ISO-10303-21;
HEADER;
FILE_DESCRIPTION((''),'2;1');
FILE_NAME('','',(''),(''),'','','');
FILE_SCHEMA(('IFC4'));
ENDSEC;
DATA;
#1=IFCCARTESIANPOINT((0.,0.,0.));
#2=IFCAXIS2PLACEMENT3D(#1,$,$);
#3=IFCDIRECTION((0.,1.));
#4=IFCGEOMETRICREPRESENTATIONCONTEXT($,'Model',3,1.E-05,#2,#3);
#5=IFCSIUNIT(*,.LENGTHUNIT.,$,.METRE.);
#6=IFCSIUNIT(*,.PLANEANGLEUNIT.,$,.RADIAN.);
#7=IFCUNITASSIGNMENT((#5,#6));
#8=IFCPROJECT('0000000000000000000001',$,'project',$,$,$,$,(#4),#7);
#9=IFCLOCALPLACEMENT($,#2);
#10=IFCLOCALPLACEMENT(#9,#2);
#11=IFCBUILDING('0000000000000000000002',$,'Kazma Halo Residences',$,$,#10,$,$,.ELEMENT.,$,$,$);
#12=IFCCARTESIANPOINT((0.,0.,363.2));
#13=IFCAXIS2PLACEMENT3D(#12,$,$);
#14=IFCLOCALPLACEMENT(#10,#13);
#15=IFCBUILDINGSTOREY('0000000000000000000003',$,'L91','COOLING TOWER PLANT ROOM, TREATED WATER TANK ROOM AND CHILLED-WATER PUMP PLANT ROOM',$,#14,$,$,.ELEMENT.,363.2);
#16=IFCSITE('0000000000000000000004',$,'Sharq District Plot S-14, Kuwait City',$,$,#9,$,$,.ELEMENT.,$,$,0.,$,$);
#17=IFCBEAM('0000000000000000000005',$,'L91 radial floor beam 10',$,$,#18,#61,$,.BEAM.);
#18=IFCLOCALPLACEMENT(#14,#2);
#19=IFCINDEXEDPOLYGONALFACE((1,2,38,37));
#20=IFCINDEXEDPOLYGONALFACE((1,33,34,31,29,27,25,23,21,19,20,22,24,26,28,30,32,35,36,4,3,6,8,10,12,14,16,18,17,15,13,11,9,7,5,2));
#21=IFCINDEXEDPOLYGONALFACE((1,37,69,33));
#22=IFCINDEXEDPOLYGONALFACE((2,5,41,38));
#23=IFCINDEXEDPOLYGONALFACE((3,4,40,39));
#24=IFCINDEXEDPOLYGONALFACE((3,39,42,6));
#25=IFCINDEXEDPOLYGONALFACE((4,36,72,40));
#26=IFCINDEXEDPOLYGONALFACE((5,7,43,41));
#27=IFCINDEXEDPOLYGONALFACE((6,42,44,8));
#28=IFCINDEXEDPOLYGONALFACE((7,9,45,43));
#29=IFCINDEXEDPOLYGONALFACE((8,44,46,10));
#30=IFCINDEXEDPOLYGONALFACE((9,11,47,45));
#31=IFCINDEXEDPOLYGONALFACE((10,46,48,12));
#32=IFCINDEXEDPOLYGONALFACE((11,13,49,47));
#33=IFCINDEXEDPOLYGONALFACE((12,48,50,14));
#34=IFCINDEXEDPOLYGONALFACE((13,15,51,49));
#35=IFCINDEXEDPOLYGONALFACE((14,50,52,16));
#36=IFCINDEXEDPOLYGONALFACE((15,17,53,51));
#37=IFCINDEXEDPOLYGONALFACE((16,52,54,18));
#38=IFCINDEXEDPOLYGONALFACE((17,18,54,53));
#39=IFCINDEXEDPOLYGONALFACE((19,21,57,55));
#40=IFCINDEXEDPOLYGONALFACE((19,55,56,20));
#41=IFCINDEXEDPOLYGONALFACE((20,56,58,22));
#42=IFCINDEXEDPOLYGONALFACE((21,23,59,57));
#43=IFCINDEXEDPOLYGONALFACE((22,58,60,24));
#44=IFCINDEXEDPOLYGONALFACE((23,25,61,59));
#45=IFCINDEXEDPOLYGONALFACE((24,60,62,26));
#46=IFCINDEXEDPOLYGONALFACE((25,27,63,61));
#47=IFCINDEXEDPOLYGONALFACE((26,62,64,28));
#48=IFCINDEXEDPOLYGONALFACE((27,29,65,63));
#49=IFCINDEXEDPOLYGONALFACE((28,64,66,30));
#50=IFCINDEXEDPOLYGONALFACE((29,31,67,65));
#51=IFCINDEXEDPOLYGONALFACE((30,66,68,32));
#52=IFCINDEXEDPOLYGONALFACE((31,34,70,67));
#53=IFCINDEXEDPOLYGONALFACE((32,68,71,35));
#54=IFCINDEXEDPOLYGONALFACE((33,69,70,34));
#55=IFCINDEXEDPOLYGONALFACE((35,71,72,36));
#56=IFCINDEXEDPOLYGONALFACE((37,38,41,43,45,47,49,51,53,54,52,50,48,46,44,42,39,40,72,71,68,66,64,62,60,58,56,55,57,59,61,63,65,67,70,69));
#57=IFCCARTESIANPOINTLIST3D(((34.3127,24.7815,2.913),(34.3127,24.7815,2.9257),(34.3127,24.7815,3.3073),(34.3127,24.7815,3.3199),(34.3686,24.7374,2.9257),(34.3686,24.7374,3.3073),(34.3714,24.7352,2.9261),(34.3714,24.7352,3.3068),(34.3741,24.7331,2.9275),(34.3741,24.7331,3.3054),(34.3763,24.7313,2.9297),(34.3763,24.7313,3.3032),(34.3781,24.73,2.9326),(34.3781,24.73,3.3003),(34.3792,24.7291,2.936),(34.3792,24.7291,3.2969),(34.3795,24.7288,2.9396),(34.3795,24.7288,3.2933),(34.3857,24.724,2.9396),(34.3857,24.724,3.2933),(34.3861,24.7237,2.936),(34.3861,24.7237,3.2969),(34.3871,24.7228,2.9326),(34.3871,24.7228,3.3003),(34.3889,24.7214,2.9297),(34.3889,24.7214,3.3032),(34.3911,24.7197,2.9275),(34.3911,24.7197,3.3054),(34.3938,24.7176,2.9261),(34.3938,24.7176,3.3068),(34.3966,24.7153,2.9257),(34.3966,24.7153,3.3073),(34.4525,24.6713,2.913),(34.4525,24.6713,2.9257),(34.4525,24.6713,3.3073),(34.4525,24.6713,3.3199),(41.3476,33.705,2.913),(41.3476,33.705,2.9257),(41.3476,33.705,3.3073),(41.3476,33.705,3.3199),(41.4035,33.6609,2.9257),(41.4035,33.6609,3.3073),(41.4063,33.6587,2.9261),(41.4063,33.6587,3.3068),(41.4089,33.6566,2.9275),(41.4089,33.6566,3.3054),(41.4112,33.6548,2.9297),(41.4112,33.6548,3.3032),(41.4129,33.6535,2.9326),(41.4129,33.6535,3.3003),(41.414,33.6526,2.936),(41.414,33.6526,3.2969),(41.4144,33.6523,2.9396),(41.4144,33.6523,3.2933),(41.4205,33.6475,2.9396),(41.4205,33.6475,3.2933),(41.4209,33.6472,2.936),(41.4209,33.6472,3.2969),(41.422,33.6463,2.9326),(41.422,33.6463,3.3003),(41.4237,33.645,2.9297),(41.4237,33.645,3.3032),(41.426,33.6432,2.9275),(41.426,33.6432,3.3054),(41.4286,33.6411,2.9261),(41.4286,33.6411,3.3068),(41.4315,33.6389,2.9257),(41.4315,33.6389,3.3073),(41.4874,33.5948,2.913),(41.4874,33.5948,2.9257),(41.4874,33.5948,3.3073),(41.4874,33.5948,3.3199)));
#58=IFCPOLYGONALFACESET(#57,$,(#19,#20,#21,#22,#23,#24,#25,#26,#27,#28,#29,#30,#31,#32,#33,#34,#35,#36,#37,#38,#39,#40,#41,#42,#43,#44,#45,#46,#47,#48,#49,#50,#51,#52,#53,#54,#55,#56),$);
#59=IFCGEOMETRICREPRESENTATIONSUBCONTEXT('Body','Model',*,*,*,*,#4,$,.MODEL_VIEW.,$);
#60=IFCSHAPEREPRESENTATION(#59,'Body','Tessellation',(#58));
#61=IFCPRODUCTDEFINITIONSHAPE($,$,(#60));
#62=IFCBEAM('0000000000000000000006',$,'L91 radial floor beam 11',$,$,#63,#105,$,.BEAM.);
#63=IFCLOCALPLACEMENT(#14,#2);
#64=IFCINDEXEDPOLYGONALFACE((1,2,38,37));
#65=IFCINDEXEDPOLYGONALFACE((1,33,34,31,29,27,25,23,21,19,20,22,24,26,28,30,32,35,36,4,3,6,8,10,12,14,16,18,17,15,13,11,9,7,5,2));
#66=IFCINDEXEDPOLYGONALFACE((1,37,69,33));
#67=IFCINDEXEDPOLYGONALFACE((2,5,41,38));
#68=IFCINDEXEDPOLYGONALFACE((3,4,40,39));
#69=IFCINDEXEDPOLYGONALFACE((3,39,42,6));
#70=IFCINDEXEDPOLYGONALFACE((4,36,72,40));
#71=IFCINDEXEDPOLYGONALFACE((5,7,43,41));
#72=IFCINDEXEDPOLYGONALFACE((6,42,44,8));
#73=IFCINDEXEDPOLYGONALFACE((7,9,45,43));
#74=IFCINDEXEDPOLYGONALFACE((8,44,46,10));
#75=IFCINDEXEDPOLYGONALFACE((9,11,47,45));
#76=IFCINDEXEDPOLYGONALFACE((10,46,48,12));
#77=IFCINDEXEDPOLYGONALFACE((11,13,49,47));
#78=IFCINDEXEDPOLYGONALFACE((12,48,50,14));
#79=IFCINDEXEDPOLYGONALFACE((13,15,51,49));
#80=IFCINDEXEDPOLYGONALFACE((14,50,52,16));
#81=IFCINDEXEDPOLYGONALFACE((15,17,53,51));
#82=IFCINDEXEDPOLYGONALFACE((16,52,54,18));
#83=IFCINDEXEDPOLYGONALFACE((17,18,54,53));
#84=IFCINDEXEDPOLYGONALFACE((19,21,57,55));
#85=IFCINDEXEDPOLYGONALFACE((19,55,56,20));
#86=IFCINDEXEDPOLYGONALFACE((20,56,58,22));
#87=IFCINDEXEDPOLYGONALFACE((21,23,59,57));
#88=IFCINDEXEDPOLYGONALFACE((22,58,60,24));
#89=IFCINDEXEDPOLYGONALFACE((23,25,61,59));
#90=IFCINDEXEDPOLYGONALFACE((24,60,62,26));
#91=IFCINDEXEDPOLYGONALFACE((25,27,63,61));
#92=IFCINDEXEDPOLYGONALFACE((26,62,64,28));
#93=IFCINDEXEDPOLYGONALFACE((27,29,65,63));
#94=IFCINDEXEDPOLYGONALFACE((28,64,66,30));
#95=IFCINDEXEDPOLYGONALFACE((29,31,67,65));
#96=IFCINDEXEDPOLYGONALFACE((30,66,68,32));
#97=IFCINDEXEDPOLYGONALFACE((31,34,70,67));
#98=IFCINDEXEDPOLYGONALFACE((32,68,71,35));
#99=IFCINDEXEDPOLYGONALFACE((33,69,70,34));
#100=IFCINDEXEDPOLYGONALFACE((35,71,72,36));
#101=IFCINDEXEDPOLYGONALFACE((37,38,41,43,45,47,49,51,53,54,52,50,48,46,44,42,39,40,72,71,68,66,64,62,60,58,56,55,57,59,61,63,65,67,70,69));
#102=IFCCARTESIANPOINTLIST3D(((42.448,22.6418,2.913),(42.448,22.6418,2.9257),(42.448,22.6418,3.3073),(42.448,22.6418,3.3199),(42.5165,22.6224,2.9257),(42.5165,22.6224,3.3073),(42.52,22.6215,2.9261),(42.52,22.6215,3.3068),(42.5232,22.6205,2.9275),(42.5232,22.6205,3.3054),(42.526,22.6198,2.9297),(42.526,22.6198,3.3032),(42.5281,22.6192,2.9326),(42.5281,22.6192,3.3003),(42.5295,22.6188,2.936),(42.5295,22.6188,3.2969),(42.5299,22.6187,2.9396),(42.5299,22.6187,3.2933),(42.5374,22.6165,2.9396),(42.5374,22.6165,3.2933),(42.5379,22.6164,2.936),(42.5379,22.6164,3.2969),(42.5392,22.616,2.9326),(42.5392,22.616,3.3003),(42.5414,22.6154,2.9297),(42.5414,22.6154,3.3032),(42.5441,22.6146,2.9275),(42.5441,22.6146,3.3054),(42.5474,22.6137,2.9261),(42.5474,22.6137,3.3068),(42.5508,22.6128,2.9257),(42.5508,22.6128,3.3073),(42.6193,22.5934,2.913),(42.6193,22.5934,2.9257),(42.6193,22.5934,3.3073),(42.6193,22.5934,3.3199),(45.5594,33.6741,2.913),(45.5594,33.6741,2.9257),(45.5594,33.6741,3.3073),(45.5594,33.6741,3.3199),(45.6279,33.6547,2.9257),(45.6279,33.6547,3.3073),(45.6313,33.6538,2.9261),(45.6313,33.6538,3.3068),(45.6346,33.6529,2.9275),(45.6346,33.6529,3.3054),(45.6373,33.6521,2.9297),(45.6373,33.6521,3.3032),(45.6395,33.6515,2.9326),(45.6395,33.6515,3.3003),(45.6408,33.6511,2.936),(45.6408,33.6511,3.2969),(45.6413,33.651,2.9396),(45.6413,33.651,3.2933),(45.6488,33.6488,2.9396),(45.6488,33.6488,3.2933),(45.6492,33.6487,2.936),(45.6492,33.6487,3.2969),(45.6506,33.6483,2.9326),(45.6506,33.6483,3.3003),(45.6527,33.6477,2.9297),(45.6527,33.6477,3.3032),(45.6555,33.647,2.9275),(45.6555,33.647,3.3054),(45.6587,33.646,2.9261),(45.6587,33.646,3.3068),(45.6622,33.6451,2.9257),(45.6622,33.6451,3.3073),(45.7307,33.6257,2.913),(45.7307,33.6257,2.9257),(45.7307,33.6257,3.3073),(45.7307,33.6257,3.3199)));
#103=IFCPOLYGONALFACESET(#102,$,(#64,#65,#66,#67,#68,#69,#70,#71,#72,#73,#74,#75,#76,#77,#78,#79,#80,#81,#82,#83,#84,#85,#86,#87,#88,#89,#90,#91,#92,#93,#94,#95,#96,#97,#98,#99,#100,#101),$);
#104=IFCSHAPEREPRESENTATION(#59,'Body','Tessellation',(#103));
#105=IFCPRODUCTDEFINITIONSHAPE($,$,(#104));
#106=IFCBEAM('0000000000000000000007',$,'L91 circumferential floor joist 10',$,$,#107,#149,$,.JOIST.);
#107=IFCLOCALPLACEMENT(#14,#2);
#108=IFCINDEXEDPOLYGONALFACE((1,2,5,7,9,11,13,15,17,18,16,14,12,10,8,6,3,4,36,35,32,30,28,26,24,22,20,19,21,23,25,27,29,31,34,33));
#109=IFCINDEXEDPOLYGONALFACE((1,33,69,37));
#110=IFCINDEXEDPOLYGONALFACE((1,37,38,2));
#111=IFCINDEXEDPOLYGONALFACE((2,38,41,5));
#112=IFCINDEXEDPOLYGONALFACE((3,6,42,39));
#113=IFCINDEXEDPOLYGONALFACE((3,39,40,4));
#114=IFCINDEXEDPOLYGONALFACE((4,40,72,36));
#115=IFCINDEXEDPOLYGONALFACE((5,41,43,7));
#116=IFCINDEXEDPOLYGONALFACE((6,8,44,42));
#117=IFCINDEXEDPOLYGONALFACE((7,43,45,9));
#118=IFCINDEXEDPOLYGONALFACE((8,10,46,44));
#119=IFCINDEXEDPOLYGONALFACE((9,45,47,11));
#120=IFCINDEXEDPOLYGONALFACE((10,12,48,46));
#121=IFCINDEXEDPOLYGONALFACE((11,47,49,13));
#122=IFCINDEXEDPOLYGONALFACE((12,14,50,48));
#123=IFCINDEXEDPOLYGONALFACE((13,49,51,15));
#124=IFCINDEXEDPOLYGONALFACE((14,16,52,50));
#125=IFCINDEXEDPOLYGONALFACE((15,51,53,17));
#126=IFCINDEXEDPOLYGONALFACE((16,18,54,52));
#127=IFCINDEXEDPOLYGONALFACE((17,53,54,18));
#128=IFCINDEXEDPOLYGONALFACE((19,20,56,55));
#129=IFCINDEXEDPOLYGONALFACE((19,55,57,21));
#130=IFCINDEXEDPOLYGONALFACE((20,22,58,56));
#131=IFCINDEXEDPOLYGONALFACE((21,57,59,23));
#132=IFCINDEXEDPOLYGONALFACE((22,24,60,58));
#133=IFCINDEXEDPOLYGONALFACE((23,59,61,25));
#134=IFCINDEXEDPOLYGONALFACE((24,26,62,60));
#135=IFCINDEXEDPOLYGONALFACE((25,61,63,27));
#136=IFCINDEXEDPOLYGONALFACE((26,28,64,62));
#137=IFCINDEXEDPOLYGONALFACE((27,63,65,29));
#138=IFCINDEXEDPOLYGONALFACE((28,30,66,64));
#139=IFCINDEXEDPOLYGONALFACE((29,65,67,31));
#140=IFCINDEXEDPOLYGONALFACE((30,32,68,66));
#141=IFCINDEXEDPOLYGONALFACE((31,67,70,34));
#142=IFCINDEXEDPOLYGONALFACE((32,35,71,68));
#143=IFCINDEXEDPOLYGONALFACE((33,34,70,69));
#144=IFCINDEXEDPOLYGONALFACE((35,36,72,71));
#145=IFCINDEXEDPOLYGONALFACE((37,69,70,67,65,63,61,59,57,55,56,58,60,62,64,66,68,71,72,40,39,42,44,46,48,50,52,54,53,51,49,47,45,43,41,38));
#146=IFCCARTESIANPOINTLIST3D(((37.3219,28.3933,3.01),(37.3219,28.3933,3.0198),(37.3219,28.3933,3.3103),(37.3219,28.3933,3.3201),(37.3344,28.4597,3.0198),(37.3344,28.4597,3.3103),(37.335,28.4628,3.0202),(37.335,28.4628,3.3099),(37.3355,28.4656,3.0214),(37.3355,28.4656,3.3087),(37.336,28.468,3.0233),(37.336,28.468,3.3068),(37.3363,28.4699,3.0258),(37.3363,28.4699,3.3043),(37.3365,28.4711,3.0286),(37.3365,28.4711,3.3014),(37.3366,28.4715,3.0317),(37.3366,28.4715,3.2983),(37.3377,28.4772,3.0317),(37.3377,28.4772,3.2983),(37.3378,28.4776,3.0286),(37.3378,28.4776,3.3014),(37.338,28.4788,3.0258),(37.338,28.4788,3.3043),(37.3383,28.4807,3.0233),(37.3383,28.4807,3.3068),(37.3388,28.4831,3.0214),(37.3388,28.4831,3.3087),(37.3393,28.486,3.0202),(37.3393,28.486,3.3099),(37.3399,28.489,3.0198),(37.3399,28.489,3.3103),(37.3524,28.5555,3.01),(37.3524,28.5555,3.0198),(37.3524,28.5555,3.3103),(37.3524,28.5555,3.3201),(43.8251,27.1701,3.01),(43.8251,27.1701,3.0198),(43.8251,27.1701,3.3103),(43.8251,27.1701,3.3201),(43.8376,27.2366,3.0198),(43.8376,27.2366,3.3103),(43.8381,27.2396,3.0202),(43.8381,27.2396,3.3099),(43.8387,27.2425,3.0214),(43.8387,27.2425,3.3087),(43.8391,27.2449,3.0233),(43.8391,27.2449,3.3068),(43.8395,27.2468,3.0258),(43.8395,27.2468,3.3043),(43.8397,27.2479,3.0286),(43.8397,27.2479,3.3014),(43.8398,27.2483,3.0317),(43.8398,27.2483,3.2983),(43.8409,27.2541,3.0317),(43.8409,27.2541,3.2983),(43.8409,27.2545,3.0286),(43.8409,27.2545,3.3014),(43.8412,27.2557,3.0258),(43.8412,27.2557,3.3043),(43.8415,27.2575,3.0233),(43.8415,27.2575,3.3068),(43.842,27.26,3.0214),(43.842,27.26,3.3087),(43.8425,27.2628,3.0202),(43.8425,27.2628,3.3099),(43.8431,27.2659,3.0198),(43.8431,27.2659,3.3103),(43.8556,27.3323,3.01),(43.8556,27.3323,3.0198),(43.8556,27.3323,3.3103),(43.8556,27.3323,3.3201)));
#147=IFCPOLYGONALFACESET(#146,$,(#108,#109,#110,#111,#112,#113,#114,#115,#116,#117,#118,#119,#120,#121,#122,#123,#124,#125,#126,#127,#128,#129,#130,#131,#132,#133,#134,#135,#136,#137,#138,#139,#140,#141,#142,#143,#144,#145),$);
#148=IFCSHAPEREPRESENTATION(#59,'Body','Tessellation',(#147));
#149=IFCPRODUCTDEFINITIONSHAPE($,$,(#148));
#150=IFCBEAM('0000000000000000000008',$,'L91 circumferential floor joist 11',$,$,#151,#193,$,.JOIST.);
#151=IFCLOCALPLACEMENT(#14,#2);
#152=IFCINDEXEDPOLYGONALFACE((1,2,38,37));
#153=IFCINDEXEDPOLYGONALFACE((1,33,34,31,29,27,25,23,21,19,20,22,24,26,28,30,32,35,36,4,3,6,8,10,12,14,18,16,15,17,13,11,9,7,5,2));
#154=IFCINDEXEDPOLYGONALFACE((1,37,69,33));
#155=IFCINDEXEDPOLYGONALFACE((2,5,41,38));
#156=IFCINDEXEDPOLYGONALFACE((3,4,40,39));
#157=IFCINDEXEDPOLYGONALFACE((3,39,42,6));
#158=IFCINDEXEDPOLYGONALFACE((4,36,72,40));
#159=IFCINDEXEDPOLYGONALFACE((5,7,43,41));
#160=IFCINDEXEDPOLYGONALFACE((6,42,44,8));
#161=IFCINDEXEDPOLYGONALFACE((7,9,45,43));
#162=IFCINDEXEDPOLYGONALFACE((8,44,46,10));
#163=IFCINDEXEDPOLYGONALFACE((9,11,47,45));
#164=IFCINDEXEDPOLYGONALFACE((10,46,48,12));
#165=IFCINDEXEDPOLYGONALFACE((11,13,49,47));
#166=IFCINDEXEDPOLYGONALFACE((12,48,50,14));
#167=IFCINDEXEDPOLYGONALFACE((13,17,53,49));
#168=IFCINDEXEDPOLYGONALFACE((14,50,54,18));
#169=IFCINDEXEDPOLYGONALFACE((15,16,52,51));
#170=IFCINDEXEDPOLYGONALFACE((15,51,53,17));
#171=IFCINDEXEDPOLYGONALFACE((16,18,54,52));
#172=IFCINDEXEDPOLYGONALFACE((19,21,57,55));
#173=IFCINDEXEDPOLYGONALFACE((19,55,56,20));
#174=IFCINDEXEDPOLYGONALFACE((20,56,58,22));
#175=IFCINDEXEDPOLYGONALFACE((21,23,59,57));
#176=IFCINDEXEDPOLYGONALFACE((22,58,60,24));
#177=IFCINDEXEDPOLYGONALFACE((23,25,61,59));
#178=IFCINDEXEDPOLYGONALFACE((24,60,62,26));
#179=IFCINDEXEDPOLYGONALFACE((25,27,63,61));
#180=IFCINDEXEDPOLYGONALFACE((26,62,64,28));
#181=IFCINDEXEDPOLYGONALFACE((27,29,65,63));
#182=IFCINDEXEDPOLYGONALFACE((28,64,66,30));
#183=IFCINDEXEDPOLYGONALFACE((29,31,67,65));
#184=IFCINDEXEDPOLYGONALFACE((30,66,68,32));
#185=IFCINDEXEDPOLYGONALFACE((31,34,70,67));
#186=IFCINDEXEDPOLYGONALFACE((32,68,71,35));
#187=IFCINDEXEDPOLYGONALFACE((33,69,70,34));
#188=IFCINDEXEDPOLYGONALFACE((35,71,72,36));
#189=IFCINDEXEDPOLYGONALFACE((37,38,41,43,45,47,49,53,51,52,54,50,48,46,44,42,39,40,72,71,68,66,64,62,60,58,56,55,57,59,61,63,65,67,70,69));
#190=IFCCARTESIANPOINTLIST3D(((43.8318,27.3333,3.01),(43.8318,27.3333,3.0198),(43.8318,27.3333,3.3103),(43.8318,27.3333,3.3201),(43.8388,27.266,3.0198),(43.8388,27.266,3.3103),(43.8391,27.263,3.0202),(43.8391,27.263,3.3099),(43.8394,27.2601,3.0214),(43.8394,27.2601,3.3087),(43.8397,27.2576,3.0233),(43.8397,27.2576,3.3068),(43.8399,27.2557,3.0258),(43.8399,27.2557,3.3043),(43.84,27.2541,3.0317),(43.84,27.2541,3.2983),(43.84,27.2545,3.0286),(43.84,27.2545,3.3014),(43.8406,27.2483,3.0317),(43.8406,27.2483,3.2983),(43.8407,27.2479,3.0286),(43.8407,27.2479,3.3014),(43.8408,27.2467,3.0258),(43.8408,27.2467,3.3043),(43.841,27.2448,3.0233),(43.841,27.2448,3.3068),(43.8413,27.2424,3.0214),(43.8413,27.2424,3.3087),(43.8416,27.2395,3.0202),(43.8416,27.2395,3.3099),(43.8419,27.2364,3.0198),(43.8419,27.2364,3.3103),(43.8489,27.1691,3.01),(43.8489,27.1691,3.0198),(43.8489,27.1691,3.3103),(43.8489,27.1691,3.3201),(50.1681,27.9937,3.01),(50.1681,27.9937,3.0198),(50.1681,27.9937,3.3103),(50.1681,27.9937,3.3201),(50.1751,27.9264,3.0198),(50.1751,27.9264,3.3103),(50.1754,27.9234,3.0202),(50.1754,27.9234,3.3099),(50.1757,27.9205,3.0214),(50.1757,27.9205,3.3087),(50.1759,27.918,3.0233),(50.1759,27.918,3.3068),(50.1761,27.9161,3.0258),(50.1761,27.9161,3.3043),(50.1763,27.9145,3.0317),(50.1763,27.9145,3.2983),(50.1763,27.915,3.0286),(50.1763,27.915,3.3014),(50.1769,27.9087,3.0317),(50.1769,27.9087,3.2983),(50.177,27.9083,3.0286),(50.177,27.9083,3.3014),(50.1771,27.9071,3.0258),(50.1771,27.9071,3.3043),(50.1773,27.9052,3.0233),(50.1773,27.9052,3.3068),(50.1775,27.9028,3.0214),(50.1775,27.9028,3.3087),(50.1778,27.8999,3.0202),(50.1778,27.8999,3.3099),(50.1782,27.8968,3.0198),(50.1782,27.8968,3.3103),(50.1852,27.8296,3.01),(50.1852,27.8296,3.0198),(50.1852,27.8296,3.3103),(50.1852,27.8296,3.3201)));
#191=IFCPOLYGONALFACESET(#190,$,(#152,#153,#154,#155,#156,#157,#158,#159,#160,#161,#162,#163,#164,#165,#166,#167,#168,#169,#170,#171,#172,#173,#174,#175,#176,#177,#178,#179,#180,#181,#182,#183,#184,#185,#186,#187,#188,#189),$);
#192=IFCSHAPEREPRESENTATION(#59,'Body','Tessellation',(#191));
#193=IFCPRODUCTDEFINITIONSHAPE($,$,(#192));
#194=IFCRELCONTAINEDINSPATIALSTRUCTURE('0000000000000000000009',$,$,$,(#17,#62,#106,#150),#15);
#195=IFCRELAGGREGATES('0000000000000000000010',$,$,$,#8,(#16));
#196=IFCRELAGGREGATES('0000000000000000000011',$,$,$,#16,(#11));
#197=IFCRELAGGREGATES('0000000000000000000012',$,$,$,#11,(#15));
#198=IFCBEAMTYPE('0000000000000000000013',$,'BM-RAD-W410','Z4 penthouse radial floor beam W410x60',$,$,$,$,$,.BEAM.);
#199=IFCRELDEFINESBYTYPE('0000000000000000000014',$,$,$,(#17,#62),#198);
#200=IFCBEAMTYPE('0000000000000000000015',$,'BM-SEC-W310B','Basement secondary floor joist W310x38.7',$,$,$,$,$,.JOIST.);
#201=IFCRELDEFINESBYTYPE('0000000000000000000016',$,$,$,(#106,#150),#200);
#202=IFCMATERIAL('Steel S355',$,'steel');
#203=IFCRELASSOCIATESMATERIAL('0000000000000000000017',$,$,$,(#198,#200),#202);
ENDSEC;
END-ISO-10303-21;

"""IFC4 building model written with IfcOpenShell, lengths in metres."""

from ifc_helpers import new_model, si_unit, direction, frame, origin, origin_2d, place, context, subcontext, project, spatial, i_section, extrude, material, material_profile, profile_set, type_object, element, save


model = new_model("IFC4")

# Units and contexts
model_context = context("Model", 3, precision=1e-05, world=origin(), true_north=direction((0.0, 1.0)))
body_context = subcontext(model_context, "Body", "Model", "MODEL_VIEW")
ifc_project = project(units=[si_unit("LENGTHUNIT", "METRE"), si_unit("PLANEANGLEUNIT", "RADIAN")], contexts=[model_context])

# Site, building, storey
site_placement = place(None, origin())
site = spatial("IfcSite", under=ifc_project, at=site_placement, Name="Sharq District Plot S-14, Kuwait City", CompositionType="ELEMENT", RefElevation=0.0)
building_placement = place(site_placement, origin())
building = spatial("IfcBuilding", under=site, at=building_placement, Name="Kazma Halo Residences", CompositionType="ELEMENT")
storey_placement = place(building_placement, frame((0.0, 0.0, 363.2)))
storey = spatial("IfcBuildingStorey", under=building, at=storey_placement, Name="L91", Description="COOLING TOWER PLANT ROOM, TREATED WATER TANK ROOM AND CHILLED-WATER PUMP PLANT ROOM", CompositionType="ELEMENT", Elevation=363.2)

# Shared definitions
ifc_material_1 = material(Name="Steel S355", Category="steel")

# Beams
ifc_material_profile_1 = material_profile(ifc_material_1, i_section(OverallWidth=0.178, OverallDepth=0.407, WebThickness=0.0078, FlangeThickness=0.0127, FilletRadius=0.0139, at=origin_2d()), Name="W410x60")
ifc_profile_set_1 = profile_set([ifc_material_profile_1], Name="Steel S355")
beam_type_1 = type_object("IfcBeamType", Name="BM-RAD-W410", Description="Z4 penthouse radial floor beam W410x60", PredefinedType="BEAM", material=ifc_profile_set_1)
beam_1_placement = place(storey_placement, frame((41.4175, 33.6499, 3.1165), z_axis=(-0.619101, -0.785312, 0.0), x_axis=(0.785312, -0.619101, 0.0)))
element("IfcBeam", 1, at=beam_1_placement, inside=storey, type_object=beam_type_1, Name="L91 radial floor beam 10", PredefinedType="BEAM", context=body_context, shape_type="SweptSolid", body=[
    extrude(i_section(OverallWidth=0.178, OverallDepth=0.407, WebThickness=0.0078, FlangeThickness=0.0127, FilletRadius=0.0139, at=origin_2d()), origin(), (0.0, 0.0, 1.0), 11.363),
])
beam_2_placement = place(storey_placement, frame((45.645, 33.6499, 3.1165), z_axis=(-0.271434, -0.962457, 0.0), x_axis=(0.962457, -0.271434, 0.0)))
element("IfcBeam", 2, at=beam_2_placement, inside=storey, type_object=beam_type_1, Name="L91 radial floor beam 11", PredefinedType="BEAM", context=body_context, shape_type="SweptSolid", body=[
    extrude(i_section(OverallWidth=0.178, OverallDepth=0.407, WebThickness=0.0078, FlangeThickness=0.0127, FilletRadius=0.0139, at=origin_2d()), origin(), (0.0, 0.0, 1.0), 11.4626),
])
ifc_material_profile_2 = material_profile(ifc_material_1, i_section(OverallWidth=0.165, OverallDepth=0.3101, WebThickness=0.0059, FlangeThickness=0.0098, FilletRadius=0.012, at=origin_2d()), Name="W310x38.7")
ifc_profile_set_2 = profile_set([ifc_material_profile_2], Name="Steel S355")
beam_type_2 = type_object("IfcBeamType", Name="BM-SEC-W310B", Description="Basement secondary floor joist W310x38.7", PredefinedType="JOIST", material=ifc_profile_set_2)
beam_3_placement = place(storey_placement, frame((37.3372, 28.4744, 3.165), z_axis=(0.982768, -0.184843, 0.0), x_axis=(0.184843, 0.982768, 0.0)))
element("IfcBeam", 3, at=beam_3_placement, inside=storey, type_object=beam_type_2, Name="L91 circumferential floor joist 10", PredefinedType="JOIST", context=body_context, shape_type="SweptSolid", body=[
    extrude(i_section(OverallWidth=0.165, OverallDepth=0.3101, WebThickness=0.0059, FlangeThickness=0.0098, FilletRadius=0.012, at=origin_2d()), origin(), (0.0, 0.0, 1.0), 6.6172),
])
beam_4_placement = place(storey_placement, frame((43.8403, 27.2512, 3.165), z_axis=(0.994612, 0.103665, 0.0), x_axis=(-0.103665, 0.994612, 0.0)))
element("IfcBeam", 4, at=beam_4_placement, inside=storey, type_object=beam_type_2, Name="L91 circumferential floor joist 11", PredefinedType="JOIST", context=body_context, shape_type="SweptSolid", body=[
    extrude(i_section(OverallWidth=0.165, OverallDepth=0.3101, WebThickness=0.0059, FlangeThickness=0.0098, FilletRadius=0.012, at=origin_2d()), origin(), (0.0, 0.0, 1.0), 6.3706),
])

save(model, "model.ifc")
